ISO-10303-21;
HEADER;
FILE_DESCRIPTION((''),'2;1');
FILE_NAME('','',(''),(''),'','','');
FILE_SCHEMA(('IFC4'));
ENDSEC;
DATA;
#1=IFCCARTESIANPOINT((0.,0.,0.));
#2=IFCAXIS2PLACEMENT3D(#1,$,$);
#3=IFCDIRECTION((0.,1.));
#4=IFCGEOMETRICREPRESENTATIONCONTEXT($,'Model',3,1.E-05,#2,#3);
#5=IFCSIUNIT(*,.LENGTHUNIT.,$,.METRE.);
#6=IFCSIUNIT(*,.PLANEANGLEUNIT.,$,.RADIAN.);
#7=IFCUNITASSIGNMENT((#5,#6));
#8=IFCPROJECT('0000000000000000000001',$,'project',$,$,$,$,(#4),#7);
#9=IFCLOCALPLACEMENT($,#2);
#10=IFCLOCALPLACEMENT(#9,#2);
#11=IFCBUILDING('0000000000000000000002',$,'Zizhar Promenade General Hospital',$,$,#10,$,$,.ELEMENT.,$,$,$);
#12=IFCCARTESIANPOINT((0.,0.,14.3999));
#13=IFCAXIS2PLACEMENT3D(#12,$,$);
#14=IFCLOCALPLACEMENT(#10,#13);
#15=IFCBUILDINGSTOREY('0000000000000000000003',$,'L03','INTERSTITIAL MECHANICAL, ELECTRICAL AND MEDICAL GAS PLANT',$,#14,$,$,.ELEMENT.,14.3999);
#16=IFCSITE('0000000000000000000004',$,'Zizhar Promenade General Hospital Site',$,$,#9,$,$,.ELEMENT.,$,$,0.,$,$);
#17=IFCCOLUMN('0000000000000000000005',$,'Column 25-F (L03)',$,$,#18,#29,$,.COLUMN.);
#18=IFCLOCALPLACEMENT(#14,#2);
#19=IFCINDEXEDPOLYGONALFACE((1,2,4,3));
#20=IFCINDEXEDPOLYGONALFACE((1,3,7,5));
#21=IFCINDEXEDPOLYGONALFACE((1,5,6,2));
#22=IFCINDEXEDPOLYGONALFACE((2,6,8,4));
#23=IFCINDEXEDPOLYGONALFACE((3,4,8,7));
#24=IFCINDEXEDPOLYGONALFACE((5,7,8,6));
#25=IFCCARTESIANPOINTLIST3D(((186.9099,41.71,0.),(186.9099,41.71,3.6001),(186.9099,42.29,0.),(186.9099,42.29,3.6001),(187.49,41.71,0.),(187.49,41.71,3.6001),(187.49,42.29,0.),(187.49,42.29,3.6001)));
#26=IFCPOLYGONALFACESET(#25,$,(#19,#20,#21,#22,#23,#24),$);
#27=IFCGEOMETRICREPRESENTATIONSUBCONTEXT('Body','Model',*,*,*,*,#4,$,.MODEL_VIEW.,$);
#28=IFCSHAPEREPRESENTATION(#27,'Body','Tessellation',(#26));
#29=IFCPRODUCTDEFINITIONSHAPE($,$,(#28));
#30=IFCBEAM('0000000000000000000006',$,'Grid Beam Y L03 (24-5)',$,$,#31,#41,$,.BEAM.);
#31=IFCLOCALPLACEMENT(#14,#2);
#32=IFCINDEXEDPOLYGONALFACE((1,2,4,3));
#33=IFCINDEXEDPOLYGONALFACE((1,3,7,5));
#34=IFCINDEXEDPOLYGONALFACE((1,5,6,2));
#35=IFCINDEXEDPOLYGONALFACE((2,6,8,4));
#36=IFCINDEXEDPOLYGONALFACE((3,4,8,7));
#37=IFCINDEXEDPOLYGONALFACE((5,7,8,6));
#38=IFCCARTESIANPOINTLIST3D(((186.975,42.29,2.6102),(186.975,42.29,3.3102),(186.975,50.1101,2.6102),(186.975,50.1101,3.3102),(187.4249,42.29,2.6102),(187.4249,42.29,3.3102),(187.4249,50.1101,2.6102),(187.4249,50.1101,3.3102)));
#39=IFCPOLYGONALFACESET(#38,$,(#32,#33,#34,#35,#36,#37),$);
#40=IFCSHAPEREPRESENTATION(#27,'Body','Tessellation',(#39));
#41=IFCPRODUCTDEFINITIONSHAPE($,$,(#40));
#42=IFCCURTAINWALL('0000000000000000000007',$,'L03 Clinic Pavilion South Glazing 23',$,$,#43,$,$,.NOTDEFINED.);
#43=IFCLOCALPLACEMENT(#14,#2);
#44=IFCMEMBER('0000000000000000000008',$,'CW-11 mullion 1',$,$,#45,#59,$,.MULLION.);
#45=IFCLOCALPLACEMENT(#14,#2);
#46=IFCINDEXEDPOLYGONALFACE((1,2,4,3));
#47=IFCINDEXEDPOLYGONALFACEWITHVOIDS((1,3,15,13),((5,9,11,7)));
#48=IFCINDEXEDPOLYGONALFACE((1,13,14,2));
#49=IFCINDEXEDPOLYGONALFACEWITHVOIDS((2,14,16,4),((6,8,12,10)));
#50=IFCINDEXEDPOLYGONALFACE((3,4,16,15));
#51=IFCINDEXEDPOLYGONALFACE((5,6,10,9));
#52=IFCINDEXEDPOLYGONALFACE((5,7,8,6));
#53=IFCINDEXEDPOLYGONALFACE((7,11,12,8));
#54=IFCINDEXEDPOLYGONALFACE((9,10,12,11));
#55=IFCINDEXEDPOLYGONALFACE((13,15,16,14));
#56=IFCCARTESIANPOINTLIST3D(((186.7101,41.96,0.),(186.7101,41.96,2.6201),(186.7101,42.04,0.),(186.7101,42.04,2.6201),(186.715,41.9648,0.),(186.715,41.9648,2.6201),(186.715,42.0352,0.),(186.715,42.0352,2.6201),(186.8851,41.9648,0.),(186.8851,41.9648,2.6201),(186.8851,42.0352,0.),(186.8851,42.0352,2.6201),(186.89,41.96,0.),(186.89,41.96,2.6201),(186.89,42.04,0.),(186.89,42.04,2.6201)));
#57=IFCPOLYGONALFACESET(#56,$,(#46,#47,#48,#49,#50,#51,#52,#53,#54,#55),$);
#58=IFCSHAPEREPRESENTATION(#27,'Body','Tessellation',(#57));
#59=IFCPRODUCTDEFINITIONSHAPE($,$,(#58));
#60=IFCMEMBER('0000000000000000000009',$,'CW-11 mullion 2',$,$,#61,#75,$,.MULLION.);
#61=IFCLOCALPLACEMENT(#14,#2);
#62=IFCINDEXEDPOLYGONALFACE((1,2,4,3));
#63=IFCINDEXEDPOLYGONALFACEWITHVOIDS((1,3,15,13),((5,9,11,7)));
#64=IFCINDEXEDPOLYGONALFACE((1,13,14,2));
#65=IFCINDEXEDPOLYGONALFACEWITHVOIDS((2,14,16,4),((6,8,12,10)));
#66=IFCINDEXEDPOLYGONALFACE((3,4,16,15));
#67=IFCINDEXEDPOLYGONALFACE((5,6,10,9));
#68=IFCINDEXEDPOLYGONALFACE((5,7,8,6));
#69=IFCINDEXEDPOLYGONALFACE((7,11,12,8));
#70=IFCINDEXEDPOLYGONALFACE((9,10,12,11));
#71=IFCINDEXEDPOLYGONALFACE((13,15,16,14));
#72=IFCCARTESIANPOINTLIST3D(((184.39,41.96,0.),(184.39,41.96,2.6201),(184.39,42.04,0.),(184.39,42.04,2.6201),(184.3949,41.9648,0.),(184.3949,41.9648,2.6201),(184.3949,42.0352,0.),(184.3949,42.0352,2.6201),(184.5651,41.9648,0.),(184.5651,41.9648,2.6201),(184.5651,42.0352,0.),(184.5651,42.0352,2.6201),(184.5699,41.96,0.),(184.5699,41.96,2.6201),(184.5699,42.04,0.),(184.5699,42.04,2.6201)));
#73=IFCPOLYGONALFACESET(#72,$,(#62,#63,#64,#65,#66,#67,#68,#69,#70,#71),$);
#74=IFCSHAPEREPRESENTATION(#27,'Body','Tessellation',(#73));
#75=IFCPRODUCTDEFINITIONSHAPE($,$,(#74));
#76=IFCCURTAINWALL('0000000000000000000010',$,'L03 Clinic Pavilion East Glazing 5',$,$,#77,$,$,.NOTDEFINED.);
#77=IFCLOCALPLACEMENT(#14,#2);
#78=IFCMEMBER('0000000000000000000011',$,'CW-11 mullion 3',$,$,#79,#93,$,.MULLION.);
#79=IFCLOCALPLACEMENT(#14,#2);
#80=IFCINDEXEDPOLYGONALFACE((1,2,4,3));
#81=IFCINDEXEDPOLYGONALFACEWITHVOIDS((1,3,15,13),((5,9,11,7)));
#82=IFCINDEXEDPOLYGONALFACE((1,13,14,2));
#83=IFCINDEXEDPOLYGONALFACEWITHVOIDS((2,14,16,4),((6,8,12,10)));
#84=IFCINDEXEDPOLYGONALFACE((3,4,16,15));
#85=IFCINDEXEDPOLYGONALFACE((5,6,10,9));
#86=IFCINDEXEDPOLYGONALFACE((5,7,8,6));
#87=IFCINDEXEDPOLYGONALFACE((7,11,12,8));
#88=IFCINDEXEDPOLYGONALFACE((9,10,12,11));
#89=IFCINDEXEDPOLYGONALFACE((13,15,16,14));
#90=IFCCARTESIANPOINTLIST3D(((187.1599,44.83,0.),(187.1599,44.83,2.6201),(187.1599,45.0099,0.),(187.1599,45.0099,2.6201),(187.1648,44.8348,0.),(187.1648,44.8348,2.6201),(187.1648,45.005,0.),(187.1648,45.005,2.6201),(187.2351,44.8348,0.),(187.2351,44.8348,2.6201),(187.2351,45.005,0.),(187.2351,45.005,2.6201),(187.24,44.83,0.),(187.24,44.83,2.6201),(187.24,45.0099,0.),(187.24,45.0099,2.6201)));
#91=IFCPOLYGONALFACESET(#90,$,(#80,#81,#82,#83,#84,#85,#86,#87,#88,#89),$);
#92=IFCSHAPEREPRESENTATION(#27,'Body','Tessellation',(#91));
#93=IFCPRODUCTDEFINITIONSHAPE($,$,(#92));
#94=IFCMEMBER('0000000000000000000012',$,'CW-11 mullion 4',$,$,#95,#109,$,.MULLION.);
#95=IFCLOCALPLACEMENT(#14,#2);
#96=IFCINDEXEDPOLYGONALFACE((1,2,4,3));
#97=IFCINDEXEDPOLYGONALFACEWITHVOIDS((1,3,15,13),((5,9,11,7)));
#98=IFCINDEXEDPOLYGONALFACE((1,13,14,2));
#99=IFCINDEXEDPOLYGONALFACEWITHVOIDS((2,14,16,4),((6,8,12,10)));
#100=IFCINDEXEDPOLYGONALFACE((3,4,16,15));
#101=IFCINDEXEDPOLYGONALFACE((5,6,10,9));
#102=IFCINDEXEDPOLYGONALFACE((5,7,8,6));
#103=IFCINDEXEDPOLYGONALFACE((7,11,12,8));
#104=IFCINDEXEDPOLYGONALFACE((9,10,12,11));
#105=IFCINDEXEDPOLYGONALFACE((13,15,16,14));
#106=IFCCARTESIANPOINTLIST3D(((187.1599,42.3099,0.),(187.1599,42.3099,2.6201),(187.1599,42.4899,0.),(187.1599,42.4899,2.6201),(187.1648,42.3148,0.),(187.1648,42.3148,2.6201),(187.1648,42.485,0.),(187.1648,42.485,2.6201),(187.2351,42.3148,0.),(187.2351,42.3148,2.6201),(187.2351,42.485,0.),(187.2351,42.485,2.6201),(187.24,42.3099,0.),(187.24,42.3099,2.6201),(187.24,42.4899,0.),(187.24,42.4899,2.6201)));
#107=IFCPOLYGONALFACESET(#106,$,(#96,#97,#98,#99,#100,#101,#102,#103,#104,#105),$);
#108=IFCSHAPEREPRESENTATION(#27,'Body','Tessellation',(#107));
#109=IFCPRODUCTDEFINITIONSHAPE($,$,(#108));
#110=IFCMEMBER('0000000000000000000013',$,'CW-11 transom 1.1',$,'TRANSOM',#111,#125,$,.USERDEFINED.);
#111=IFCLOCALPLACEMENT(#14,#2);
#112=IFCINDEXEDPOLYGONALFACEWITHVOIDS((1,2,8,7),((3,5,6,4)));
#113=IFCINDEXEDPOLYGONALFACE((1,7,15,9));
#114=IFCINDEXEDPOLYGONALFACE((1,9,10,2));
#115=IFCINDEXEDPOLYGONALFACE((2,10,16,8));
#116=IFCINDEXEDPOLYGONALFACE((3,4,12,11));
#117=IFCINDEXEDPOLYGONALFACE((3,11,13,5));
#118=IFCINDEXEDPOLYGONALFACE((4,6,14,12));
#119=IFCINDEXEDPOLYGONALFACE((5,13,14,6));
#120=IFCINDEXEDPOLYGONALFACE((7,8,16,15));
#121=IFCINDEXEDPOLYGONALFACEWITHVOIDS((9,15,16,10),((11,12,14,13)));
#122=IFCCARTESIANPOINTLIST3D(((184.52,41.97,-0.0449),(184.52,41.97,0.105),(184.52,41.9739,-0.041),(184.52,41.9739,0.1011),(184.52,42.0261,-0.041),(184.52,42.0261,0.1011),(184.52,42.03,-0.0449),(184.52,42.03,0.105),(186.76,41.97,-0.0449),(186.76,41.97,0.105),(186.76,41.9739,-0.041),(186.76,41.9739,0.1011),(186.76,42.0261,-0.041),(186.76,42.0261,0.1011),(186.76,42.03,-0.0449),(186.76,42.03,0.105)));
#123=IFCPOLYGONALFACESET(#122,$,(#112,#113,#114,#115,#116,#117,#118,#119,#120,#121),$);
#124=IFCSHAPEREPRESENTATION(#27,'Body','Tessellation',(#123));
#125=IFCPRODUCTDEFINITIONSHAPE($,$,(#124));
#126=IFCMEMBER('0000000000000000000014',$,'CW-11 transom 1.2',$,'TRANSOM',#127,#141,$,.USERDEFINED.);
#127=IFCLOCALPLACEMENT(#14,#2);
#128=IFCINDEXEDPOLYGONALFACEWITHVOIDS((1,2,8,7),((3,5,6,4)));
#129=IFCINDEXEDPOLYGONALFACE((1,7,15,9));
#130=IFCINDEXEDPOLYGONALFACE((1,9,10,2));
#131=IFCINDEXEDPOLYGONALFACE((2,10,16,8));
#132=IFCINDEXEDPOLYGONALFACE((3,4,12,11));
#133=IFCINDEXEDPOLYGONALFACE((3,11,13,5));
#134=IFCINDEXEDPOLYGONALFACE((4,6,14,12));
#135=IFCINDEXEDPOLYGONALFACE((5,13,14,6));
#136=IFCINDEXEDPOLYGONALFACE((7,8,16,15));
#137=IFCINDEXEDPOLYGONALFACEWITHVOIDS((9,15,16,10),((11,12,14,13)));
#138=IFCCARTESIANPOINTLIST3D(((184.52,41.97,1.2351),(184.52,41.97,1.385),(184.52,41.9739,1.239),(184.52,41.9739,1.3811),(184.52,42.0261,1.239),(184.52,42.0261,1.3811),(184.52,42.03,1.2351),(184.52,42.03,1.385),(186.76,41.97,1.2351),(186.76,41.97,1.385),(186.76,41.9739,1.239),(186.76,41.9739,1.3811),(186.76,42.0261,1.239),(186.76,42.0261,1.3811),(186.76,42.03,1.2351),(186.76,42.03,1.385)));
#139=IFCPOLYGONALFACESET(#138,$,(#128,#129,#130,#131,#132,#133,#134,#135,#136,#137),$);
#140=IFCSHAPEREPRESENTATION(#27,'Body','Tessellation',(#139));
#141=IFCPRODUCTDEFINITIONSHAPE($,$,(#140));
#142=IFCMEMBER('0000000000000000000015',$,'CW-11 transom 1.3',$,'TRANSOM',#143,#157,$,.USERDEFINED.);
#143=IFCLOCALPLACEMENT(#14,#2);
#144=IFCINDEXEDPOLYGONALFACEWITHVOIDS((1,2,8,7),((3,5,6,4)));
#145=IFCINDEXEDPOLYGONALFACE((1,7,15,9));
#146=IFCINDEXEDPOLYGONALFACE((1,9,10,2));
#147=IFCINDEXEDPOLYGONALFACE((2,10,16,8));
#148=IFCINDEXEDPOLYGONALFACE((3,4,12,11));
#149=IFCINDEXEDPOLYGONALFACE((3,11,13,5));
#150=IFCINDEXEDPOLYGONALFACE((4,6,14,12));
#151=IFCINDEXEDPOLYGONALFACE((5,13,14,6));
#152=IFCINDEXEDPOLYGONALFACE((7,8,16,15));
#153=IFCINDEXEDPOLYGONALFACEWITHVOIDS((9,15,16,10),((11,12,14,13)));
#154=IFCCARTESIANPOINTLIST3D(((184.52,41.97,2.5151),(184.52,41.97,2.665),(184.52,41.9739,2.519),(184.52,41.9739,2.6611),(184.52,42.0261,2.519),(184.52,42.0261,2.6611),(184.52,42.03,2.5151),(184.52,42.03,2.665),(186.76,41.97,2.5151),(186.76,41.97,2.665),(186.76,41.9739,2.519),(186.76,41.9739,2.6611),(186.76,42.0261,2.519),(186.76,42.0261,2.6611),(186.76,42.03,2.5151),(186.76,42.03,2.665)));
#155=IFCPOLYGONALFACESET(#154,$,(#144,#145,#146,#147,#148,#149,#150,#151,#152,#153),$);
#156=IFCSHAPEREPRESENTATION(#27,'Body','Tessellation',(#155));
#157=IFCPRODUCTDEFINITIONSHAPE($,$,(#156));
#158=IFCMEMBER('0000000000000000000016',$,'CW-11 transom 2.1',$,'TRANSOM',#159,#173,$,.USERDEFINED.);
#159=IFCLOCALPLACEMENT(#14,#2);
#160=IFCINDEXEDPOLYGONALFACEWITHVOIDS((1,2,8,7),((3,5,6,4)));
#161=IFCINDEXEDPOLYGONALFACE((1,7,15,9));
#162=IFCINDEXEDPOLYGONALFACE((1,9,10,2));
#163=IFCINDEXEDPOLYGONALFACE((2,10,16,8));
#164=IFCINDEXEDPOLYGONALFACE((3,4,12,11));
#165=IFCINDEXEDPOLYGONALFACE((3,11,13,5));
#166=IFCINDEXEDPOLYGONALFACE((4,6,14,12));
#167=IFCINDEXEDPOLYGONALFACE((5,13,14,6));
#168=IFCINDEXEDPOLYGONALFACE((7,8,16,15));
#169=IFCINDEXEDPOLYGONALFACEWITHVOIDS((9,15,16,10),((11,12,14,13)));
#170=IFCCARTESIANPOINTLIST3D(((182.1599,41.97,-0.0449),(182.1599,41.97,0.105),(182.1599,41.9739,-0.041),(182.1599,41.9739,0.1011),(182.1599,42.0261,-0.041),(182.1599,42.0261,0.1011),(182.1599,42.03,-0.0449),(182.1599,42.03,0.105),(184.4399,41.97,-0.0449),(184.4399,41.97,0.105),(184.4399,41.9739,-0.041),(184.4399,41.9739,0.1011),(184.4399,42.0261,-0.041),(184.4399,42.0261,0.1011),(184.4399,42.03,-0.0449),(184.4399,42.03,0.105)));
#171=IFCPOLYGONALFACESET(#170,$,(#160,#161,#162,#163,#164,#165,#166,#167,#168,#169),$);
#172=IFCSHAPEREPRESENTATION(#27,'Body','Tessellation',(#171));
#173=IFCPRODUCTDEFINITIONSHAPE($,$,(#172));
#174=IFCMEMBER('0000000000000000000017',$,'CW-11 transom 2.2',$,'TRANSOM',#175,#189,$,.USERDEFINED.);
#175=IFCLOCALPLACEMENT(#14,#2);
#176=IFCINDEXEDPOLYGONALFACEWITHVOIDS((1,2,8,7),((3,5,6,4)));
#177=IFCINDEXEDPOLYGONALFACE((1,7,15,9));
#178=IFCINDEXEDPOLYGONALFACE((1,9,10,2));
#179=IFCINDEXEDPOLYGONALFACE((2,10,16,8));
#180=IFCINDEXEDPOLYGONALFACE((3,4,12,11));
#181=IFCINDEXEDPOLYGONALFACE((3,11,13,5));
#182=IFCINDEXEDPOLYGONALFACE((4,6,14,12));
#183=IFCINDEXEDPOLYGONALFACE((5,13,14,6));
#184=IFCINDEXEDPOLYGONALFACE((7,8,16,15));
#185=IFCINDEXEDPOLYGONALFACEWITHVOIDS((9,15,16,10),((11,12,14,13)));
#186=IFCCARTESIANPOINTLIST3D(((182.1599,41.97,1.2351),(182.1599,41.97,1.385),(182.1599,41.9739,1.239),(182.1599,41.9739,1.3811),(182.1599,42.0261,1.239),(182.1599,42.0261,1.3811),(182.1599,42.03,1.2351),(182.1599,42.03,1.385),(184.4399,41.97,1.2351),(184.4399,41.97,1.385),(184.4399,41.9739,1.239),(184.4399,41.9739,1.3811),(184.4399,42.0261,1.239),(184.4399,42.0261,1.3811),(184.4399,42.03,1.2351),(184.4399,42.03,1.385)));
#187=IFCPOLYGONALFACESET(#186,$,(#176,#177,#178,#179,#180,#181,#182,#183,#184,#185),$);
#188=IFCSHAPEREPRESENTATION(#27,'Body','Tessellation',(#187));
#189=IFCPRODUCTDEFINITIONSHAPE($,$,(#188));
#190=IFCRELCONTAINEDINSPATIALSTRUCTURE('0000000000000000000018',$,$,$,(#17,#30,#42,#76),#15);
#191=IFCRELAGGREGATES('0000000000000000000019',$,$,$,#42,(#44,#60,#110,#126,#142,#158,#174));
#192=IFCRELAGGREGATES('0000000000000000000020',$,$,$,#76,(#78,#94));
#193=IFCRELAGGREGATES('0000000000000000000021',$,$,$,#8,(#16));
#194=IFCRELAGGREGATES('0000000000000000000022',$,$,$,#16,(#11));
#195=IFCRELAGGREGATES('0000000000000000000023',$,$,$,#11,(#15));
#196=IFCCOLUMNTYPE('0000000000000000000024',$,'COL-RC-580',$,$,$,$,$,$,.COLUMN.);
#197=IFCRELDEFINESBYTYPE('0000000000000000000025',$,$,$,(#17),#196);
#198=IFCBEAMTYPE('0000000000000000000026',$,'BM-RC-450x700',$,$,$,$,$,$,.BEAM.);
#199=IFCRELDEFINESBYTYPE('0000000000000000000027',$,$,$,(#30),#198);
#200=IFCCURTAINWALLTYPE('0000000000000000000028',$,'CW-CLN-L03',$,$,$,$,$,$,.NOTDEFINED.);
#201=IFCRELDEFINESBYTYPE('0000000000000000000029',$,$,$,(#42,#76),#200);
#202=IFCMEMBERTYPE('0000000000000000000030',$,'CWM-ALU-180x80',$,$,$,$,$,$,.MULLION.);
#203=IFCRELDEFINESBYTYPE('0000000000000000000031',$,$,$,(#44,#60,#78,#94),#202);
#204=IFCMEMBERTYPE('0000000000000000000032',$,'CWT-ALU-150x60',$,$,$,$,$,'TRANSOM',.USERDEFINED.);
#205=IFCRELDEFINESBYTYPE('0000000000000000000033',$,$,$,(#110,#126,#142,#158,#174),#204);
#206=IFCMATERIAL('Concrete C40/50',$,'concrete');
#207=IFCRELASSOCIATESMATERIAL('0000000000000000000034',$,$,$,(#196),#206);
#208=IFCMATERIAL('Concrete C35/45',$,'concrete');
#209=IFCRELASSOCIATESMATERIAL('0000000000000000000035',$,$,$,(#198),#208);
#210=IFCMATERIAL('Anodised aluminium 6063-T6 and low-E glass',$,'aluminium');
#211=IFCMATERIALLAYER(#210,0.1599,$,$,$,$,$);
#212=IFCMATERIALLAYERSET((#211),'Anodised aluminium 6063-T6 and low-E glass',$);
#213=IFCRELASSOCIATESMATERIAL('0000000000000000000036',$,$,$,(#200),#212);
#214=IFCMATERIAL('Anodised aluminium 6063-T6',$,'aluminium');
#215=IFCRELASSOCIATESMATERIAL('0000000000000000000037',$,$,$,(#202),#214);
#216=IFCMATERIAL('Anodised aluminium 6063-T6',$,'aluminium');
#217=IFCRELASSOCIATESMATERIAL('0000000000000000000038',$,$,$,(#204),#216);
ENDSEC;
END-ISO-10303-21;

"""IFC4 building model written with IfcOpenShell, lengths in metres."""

from ifc_helpers import new_model, si_unit, direction, frame, origin, origin_2d, place, context, subcontext, project, spatial, rectangle, hollow_rectangle, extrude, material, layer, layer_set, material_profile, profile_set, type_object, element, aggregate, save


model = new_model("IFC4")

# Units and contexts
model_context = context("Model", 3, precision=1e-05, world=origin(), true_north=direction((0.0, 1.0)))
body_context = subcontext(model_context, "Body", "Model", "MODEL_VIEW")
ifc_project = project(units=[si_unit("LENGTHUNIT", "METRE"), si_unit("PLANEANGLEUNIT", "RADIAN")], contexts=[model_context])

# Site, building, storey
site_placement = place(None, origin())
site = spatial("IfcSite", under=ifc_project, at=site_placement, Name="Zizhar Promenade General Hospital Site", CompositionType="ELEMENT", RefElevation=0.0)
building_placement = place(site_placement, origin())
building = spatial("IfcBuilding", under=site, at=building_placement, Name="Zizhar Promenade General Hospital", CompositionType="ELEMENT")
storey_placement = place(building_placement, frame((0.0, 0.0, 14.3999)))
storey = spatial("IfcBuildingStorey", under=building, at=storey_placement, Name="L03", Description="INTERSTITIAL MECHANICAL, ELECTRICAL AND MEDICAL GAS PLANT", CompositionType="ELEMENT", Elevation=14.3999)

# Column
ifc_material_1 = material(Name="Concrete C40/50", Category="concrete")
ifc_material_profile_1 = material_profile(ifc_material_1, rectangle(XDim=0.5801, YDim=0.5801, at=origin_2d()))
ifc_profile_set_1 = profile_set([ifc_material_profile_1], Name="Concrete C40/50")
column_type = type_object("IfcColumnType", Name="COL-RC-580", PredefinedType="COLUMN", material=ifc_profile_set_1)
column_placement = place(storey_placement, frame((187.2, 42.0, 0.0), z_axis=(0.0, 0.0, 1.0), x_axis=(1.0, 0.0, 0.0)))
element("IfcColumn", 1, at=column_placement, inside=storey, type_object=column_type, Name="Column 25-F (L03)", PredefinedType="COLUMN", context=body_context, shape_type="SweptSolid", body=[
    extrude(rectangle(XDim=0.5801, YDim=0.5801, at=origin_2d()), origin(), (0.0, 0.0, 1.0), 3.6001),
])

# Beam
ifc_material_2 = material(Name="Concrete C35/45", Category="concrete")
ifc_material_profile_2 = material_profile(ifc_material_2, rectangle(XDim=0.45, YDim=0.7, at=origin_2d()))
ifc_profile_set_2 = profile_set([ifc_material_profile_2], Name="Concrete C35/45")
beam_type = type_object("IfcBeamType", Name="BM-RC-450x700", PredefinedType="BEAM", material=ifc_profile_set_2)
beam_placement = place(storey_placement, frame((187.2, 42.29, 2.9602), z_axis=(0.0, 1.0, 0.0), x_axis=(-1.0, 0.0, 0.0)))
element("IfcBeam", 2, at=beam_placement, inside=storey, type_object=beam_type, Name="Grid Beam Y L03 (24-5)", PredefinedType="BEAM", context=body_context, shape_type="SweptSolid", body=[
    extrude(rectangle(XDim=0.45, YDim=0.7, at=origin_2d()), origin(), (0.0, 0.0, 1.0), 7.8201),
])

# Curtain walls, members
ifc_material_3 = material(Name="Anodised aluminium 6063-T6 and low-E glass", Category="aluminium")
ifc_layer_1 = layer(ifc_material_3, 0.1599)
ifc_layer_set_1 = layer_set([ifc_layer_1], Name="Anodised aluminium 6063-T6 and low-E glass")
curtain_wall_type = type_object("IfcCurtainWallType", Name="CW-CLN-L03", PredefinedType="NOTDEFINED", material=ifc_layer_set_1)
curtain_wall_1_placement = place(storey_placement, origin())
curtain_wall_1 = element("IfcCurtainWall", 3, at=curtain_wall_1_placement, inside=storey, type_object=curtain_wall_type, Name="L03 Clinic Pavilion South Glazing 23", PredefinedType="NOTDEFINED")
ifc_material_4 = material(Name="Anodised aluminium 6063-T6", Category="aluminium")
ifc_material_profile_3 = material_profile(ifc_material_4, hollow_rectangle(XDim=0.0801, YDim=0.1799, WallThickness=0.0049, at=origin_2d()))
ifc_profile_set_3 = profile_set([ifc_material_profile_3], Name="Anodised aluminium 6063-T6")
member_type_1 = type_object("IfcMemberType", Name="CWM-ALU-180x80", PredefinedType="MULLION", material=ifc_profile_set_3)
member_1_placement = place(storey_placement, frame((186.8, 42.0, 0.0), z_axis=(0.0, 0.0, 1.0), x_axis=(0.0, -1.0, 0.0)))
member_1 = element("IfcMember", 4, at=member_1_placement, type_object=member_type_1, Name="CW-11 mullion 1", PredefinedType="MULLION", context=body_context, shape_type="SweptSolid", body=[
    extrude(hollow_rectangle(XDim=0.0801, YDim=0.1799, WallThickness=0.0049, at=origin_2d()), origin(), (0.0, 0.0, 1.0), 2.6201),
])
member_2_placement = place(storey_placement, frame((184.48, 42.0, 0.0), z_axis=(0.0, 0.0, 1.0), x_axis=(0.0, -1.0, 0.0)))
member_2 = element("IfcMember", 5, at=member_2_placement, type_object=member_type_1, Name="CW-11 mullion 2", PredefinedType="MULLION", context=body_context, shape_type="SweptSolid", body=[
    extrude(hollow_rectangle(XDim=0.0801, YDim=0.1799, WallThickness=0.0049, at=origin_2d()), origin(), (0.0, 0.0, 1.0), 2.6201),
])
curtain_wall_2_placement = place(storey_placement, origin())
curtain_wall_2 = element("IfcCurtainWall", 6, at=curtain_wall_2_placement, inside=storey, type_object=curtain_wall_type, Name="L03 Clinic Pavilion East Glazing 5", PredefinedType="NOTDEFINED")
member_3_placement = place(storey_placement, frame((187.2, 44.9199, 0.0), z_axis=(0.0, 0.0, 1.0), x_axis=(1.0, 0.0, 0.0)))
member_3 = element("IfcMember", 7, at=member_3_placement, type_object=member_type_1, Name="CW-11 mullion 3", PredefinedType="MULLION", context=body_context, shape_type="SweptSolid", body=[
    extrude(hollow_rectangle(XDim=0.0801, YDim=0.1799, WallThickness=0.0049, at=origin_2d()), origin(), (0.0, 0.0, 1.0), 2.6201),
])
member_4_placement = place(storey_placement, frame((187.2, 42.3999, 0.0), z_axis=(0.0, 0.0, 1.0), x_axis=(1.0, 0.0, 0.0)))
member_4 = element("IfcMember", 8, at=member_4_placement, type_object=member_type_1, Name="CW-11 mullion 4", PredefinedType="MULLION", context=body_context, shape_type="SweptSolid", body=[
    extrude(hollow_rectangle(XDim=0.0801, YDim=0.1799, WallThickness=0.0049, at=origin_2d()), origin(), (0.0, 0.0, 1.0), 2.6201),
])

# Members
ifc_material_5 = material(Name="Anodised aluminium 6063-T6", Category="aluminium")
ifc_material_profile_4 = material_profile(ifc_material_5, hollow_rectangle(XDim=0.0601, YDim=0.1499, WallThickness=0.0039, at=origin_2d()))
ifc_profile_set_4 = profile_set([ifc_material_profile_4], Name="Anodised aluminium 6063-T6")
member_type_2 = type_object("IfcMemberType", Name="CWT-ALU-150x60", ElementType="TRANSOM", PredefinedType="USERDEFINED", material=ifc_profile_set_4)
member_5_placement = place(storey_placement, frame((186.76, 42.0, 0.03), z_axis=(-1.0, 0.0, 0.0), x_axis=(0.0, -1.0, 0.0)))
member_5 = element("IfcMember", 9, at=member_5_placement, type_object=member_type_2, Name="CW-11 transom 1.1", ObjectType="TRANSOM", PredefinedType="USERDEFINED", context=body_context, shape_type="SweptSolid", body=[
    extrude(hollow_rectangle(XDim=0.0601, YDim=0.1499, WallThickness=0.0039, at=origin_2d()), origin(), (0.0, 0.0, 1.0), 2.24),
])
member_6_placement = place(storey_placement, frame((186.76, 42.0, 1.3101), z_axis=(-1.0, 0.0, 0.0), x_axis=(0.0, -1.0, 0.0)))
member_6 = element("IfcMember", 10, at=member_6_placement, type_object=member_type_2, Name="CW-11 transom 1.2", ObjectType="TRANSOM", PredefinedType="USERDEFINED", context=body_context, shape_type="SweptSolid", body=[
    extrude(hollow_rectangle(XDim=0.0601, YDim=0.1499, WallThickness=0.0039, at=origin_2d()), origin(), (0.0, 0.0, 1.0), 2.24),
])
member_7_placement = place(storey_placement, frame((186.76, 42.0, 2.5901), z_axis=(-1.0, 0.0, 0.0), x_axis=(0.0, -1.0, 0.0)))
member_7 = element("IfcMember", 11, at=member_7_placement, type_object=member_type_2, Name="CW-11 transom 1.3", ObjectType="TRANSOM", PredefinedType="USERDEFINED", context=body_context, shape_type="SweptSolid", body=[
    extrude(hollow_rectangle(XDim=0.0601, YDim=0.1499, WallThickness=0.0039, at=origin_2d()), origin(), (0.0, 0.0, 1.0), 2.24),
])
member_8_placement = place(storey_placement, frame((184.4399, 42.0, 0.03), z_axis=(-1.0, 0.0, 0.0), x_axis=(0.0, -1.0, 0.0)))
member_8 = element("IfcMember", 12, at=member_8_placement, type_object=member_type_2, Name="CW-11 transom 2.1", ObjectType="TRANSOM", PredefinedType="USERDEFINED", context=body_context, shape_type="SweptSolid", body=[
    extrude(hollow_rectangle(XDim=0.0601, YDim=0.1499, WallThickness=0.0039, at=origin_2d()), origin(), (0.0, 0.0, 1.0), 2.28),
])
member_9_placement = place(storey_placement, frame((184.4399, 42.0, 1.3101), z_axis=(-1.0, 0.0, 0.0), x_axis=(0.0, -1.0, 0.0)))
member_9 = element("IfcMember", 13, at=member_9_placement, type_object=member_type_2, Name="CW-11 transom 2.2", ObjectType="TRANSOM", PredefinedType="USERDEFINED", context=body_context, shape_type="SweptSolid", body=[
    extrude(hollow_rectangle(XDim=0.0601, YDim=0.1499, WallThickness=0.0039, at=origin_2d()), origin(), (0.0, 0.0, 1.0), 2.28),
])

aggregate(curtain_wall_1, [member_1, member_2, member_5, member_6, member_7, member_8, member_9])
aggregate(curtain_wall_2, [member_3, member_4])

save(model, "model.ifc")
